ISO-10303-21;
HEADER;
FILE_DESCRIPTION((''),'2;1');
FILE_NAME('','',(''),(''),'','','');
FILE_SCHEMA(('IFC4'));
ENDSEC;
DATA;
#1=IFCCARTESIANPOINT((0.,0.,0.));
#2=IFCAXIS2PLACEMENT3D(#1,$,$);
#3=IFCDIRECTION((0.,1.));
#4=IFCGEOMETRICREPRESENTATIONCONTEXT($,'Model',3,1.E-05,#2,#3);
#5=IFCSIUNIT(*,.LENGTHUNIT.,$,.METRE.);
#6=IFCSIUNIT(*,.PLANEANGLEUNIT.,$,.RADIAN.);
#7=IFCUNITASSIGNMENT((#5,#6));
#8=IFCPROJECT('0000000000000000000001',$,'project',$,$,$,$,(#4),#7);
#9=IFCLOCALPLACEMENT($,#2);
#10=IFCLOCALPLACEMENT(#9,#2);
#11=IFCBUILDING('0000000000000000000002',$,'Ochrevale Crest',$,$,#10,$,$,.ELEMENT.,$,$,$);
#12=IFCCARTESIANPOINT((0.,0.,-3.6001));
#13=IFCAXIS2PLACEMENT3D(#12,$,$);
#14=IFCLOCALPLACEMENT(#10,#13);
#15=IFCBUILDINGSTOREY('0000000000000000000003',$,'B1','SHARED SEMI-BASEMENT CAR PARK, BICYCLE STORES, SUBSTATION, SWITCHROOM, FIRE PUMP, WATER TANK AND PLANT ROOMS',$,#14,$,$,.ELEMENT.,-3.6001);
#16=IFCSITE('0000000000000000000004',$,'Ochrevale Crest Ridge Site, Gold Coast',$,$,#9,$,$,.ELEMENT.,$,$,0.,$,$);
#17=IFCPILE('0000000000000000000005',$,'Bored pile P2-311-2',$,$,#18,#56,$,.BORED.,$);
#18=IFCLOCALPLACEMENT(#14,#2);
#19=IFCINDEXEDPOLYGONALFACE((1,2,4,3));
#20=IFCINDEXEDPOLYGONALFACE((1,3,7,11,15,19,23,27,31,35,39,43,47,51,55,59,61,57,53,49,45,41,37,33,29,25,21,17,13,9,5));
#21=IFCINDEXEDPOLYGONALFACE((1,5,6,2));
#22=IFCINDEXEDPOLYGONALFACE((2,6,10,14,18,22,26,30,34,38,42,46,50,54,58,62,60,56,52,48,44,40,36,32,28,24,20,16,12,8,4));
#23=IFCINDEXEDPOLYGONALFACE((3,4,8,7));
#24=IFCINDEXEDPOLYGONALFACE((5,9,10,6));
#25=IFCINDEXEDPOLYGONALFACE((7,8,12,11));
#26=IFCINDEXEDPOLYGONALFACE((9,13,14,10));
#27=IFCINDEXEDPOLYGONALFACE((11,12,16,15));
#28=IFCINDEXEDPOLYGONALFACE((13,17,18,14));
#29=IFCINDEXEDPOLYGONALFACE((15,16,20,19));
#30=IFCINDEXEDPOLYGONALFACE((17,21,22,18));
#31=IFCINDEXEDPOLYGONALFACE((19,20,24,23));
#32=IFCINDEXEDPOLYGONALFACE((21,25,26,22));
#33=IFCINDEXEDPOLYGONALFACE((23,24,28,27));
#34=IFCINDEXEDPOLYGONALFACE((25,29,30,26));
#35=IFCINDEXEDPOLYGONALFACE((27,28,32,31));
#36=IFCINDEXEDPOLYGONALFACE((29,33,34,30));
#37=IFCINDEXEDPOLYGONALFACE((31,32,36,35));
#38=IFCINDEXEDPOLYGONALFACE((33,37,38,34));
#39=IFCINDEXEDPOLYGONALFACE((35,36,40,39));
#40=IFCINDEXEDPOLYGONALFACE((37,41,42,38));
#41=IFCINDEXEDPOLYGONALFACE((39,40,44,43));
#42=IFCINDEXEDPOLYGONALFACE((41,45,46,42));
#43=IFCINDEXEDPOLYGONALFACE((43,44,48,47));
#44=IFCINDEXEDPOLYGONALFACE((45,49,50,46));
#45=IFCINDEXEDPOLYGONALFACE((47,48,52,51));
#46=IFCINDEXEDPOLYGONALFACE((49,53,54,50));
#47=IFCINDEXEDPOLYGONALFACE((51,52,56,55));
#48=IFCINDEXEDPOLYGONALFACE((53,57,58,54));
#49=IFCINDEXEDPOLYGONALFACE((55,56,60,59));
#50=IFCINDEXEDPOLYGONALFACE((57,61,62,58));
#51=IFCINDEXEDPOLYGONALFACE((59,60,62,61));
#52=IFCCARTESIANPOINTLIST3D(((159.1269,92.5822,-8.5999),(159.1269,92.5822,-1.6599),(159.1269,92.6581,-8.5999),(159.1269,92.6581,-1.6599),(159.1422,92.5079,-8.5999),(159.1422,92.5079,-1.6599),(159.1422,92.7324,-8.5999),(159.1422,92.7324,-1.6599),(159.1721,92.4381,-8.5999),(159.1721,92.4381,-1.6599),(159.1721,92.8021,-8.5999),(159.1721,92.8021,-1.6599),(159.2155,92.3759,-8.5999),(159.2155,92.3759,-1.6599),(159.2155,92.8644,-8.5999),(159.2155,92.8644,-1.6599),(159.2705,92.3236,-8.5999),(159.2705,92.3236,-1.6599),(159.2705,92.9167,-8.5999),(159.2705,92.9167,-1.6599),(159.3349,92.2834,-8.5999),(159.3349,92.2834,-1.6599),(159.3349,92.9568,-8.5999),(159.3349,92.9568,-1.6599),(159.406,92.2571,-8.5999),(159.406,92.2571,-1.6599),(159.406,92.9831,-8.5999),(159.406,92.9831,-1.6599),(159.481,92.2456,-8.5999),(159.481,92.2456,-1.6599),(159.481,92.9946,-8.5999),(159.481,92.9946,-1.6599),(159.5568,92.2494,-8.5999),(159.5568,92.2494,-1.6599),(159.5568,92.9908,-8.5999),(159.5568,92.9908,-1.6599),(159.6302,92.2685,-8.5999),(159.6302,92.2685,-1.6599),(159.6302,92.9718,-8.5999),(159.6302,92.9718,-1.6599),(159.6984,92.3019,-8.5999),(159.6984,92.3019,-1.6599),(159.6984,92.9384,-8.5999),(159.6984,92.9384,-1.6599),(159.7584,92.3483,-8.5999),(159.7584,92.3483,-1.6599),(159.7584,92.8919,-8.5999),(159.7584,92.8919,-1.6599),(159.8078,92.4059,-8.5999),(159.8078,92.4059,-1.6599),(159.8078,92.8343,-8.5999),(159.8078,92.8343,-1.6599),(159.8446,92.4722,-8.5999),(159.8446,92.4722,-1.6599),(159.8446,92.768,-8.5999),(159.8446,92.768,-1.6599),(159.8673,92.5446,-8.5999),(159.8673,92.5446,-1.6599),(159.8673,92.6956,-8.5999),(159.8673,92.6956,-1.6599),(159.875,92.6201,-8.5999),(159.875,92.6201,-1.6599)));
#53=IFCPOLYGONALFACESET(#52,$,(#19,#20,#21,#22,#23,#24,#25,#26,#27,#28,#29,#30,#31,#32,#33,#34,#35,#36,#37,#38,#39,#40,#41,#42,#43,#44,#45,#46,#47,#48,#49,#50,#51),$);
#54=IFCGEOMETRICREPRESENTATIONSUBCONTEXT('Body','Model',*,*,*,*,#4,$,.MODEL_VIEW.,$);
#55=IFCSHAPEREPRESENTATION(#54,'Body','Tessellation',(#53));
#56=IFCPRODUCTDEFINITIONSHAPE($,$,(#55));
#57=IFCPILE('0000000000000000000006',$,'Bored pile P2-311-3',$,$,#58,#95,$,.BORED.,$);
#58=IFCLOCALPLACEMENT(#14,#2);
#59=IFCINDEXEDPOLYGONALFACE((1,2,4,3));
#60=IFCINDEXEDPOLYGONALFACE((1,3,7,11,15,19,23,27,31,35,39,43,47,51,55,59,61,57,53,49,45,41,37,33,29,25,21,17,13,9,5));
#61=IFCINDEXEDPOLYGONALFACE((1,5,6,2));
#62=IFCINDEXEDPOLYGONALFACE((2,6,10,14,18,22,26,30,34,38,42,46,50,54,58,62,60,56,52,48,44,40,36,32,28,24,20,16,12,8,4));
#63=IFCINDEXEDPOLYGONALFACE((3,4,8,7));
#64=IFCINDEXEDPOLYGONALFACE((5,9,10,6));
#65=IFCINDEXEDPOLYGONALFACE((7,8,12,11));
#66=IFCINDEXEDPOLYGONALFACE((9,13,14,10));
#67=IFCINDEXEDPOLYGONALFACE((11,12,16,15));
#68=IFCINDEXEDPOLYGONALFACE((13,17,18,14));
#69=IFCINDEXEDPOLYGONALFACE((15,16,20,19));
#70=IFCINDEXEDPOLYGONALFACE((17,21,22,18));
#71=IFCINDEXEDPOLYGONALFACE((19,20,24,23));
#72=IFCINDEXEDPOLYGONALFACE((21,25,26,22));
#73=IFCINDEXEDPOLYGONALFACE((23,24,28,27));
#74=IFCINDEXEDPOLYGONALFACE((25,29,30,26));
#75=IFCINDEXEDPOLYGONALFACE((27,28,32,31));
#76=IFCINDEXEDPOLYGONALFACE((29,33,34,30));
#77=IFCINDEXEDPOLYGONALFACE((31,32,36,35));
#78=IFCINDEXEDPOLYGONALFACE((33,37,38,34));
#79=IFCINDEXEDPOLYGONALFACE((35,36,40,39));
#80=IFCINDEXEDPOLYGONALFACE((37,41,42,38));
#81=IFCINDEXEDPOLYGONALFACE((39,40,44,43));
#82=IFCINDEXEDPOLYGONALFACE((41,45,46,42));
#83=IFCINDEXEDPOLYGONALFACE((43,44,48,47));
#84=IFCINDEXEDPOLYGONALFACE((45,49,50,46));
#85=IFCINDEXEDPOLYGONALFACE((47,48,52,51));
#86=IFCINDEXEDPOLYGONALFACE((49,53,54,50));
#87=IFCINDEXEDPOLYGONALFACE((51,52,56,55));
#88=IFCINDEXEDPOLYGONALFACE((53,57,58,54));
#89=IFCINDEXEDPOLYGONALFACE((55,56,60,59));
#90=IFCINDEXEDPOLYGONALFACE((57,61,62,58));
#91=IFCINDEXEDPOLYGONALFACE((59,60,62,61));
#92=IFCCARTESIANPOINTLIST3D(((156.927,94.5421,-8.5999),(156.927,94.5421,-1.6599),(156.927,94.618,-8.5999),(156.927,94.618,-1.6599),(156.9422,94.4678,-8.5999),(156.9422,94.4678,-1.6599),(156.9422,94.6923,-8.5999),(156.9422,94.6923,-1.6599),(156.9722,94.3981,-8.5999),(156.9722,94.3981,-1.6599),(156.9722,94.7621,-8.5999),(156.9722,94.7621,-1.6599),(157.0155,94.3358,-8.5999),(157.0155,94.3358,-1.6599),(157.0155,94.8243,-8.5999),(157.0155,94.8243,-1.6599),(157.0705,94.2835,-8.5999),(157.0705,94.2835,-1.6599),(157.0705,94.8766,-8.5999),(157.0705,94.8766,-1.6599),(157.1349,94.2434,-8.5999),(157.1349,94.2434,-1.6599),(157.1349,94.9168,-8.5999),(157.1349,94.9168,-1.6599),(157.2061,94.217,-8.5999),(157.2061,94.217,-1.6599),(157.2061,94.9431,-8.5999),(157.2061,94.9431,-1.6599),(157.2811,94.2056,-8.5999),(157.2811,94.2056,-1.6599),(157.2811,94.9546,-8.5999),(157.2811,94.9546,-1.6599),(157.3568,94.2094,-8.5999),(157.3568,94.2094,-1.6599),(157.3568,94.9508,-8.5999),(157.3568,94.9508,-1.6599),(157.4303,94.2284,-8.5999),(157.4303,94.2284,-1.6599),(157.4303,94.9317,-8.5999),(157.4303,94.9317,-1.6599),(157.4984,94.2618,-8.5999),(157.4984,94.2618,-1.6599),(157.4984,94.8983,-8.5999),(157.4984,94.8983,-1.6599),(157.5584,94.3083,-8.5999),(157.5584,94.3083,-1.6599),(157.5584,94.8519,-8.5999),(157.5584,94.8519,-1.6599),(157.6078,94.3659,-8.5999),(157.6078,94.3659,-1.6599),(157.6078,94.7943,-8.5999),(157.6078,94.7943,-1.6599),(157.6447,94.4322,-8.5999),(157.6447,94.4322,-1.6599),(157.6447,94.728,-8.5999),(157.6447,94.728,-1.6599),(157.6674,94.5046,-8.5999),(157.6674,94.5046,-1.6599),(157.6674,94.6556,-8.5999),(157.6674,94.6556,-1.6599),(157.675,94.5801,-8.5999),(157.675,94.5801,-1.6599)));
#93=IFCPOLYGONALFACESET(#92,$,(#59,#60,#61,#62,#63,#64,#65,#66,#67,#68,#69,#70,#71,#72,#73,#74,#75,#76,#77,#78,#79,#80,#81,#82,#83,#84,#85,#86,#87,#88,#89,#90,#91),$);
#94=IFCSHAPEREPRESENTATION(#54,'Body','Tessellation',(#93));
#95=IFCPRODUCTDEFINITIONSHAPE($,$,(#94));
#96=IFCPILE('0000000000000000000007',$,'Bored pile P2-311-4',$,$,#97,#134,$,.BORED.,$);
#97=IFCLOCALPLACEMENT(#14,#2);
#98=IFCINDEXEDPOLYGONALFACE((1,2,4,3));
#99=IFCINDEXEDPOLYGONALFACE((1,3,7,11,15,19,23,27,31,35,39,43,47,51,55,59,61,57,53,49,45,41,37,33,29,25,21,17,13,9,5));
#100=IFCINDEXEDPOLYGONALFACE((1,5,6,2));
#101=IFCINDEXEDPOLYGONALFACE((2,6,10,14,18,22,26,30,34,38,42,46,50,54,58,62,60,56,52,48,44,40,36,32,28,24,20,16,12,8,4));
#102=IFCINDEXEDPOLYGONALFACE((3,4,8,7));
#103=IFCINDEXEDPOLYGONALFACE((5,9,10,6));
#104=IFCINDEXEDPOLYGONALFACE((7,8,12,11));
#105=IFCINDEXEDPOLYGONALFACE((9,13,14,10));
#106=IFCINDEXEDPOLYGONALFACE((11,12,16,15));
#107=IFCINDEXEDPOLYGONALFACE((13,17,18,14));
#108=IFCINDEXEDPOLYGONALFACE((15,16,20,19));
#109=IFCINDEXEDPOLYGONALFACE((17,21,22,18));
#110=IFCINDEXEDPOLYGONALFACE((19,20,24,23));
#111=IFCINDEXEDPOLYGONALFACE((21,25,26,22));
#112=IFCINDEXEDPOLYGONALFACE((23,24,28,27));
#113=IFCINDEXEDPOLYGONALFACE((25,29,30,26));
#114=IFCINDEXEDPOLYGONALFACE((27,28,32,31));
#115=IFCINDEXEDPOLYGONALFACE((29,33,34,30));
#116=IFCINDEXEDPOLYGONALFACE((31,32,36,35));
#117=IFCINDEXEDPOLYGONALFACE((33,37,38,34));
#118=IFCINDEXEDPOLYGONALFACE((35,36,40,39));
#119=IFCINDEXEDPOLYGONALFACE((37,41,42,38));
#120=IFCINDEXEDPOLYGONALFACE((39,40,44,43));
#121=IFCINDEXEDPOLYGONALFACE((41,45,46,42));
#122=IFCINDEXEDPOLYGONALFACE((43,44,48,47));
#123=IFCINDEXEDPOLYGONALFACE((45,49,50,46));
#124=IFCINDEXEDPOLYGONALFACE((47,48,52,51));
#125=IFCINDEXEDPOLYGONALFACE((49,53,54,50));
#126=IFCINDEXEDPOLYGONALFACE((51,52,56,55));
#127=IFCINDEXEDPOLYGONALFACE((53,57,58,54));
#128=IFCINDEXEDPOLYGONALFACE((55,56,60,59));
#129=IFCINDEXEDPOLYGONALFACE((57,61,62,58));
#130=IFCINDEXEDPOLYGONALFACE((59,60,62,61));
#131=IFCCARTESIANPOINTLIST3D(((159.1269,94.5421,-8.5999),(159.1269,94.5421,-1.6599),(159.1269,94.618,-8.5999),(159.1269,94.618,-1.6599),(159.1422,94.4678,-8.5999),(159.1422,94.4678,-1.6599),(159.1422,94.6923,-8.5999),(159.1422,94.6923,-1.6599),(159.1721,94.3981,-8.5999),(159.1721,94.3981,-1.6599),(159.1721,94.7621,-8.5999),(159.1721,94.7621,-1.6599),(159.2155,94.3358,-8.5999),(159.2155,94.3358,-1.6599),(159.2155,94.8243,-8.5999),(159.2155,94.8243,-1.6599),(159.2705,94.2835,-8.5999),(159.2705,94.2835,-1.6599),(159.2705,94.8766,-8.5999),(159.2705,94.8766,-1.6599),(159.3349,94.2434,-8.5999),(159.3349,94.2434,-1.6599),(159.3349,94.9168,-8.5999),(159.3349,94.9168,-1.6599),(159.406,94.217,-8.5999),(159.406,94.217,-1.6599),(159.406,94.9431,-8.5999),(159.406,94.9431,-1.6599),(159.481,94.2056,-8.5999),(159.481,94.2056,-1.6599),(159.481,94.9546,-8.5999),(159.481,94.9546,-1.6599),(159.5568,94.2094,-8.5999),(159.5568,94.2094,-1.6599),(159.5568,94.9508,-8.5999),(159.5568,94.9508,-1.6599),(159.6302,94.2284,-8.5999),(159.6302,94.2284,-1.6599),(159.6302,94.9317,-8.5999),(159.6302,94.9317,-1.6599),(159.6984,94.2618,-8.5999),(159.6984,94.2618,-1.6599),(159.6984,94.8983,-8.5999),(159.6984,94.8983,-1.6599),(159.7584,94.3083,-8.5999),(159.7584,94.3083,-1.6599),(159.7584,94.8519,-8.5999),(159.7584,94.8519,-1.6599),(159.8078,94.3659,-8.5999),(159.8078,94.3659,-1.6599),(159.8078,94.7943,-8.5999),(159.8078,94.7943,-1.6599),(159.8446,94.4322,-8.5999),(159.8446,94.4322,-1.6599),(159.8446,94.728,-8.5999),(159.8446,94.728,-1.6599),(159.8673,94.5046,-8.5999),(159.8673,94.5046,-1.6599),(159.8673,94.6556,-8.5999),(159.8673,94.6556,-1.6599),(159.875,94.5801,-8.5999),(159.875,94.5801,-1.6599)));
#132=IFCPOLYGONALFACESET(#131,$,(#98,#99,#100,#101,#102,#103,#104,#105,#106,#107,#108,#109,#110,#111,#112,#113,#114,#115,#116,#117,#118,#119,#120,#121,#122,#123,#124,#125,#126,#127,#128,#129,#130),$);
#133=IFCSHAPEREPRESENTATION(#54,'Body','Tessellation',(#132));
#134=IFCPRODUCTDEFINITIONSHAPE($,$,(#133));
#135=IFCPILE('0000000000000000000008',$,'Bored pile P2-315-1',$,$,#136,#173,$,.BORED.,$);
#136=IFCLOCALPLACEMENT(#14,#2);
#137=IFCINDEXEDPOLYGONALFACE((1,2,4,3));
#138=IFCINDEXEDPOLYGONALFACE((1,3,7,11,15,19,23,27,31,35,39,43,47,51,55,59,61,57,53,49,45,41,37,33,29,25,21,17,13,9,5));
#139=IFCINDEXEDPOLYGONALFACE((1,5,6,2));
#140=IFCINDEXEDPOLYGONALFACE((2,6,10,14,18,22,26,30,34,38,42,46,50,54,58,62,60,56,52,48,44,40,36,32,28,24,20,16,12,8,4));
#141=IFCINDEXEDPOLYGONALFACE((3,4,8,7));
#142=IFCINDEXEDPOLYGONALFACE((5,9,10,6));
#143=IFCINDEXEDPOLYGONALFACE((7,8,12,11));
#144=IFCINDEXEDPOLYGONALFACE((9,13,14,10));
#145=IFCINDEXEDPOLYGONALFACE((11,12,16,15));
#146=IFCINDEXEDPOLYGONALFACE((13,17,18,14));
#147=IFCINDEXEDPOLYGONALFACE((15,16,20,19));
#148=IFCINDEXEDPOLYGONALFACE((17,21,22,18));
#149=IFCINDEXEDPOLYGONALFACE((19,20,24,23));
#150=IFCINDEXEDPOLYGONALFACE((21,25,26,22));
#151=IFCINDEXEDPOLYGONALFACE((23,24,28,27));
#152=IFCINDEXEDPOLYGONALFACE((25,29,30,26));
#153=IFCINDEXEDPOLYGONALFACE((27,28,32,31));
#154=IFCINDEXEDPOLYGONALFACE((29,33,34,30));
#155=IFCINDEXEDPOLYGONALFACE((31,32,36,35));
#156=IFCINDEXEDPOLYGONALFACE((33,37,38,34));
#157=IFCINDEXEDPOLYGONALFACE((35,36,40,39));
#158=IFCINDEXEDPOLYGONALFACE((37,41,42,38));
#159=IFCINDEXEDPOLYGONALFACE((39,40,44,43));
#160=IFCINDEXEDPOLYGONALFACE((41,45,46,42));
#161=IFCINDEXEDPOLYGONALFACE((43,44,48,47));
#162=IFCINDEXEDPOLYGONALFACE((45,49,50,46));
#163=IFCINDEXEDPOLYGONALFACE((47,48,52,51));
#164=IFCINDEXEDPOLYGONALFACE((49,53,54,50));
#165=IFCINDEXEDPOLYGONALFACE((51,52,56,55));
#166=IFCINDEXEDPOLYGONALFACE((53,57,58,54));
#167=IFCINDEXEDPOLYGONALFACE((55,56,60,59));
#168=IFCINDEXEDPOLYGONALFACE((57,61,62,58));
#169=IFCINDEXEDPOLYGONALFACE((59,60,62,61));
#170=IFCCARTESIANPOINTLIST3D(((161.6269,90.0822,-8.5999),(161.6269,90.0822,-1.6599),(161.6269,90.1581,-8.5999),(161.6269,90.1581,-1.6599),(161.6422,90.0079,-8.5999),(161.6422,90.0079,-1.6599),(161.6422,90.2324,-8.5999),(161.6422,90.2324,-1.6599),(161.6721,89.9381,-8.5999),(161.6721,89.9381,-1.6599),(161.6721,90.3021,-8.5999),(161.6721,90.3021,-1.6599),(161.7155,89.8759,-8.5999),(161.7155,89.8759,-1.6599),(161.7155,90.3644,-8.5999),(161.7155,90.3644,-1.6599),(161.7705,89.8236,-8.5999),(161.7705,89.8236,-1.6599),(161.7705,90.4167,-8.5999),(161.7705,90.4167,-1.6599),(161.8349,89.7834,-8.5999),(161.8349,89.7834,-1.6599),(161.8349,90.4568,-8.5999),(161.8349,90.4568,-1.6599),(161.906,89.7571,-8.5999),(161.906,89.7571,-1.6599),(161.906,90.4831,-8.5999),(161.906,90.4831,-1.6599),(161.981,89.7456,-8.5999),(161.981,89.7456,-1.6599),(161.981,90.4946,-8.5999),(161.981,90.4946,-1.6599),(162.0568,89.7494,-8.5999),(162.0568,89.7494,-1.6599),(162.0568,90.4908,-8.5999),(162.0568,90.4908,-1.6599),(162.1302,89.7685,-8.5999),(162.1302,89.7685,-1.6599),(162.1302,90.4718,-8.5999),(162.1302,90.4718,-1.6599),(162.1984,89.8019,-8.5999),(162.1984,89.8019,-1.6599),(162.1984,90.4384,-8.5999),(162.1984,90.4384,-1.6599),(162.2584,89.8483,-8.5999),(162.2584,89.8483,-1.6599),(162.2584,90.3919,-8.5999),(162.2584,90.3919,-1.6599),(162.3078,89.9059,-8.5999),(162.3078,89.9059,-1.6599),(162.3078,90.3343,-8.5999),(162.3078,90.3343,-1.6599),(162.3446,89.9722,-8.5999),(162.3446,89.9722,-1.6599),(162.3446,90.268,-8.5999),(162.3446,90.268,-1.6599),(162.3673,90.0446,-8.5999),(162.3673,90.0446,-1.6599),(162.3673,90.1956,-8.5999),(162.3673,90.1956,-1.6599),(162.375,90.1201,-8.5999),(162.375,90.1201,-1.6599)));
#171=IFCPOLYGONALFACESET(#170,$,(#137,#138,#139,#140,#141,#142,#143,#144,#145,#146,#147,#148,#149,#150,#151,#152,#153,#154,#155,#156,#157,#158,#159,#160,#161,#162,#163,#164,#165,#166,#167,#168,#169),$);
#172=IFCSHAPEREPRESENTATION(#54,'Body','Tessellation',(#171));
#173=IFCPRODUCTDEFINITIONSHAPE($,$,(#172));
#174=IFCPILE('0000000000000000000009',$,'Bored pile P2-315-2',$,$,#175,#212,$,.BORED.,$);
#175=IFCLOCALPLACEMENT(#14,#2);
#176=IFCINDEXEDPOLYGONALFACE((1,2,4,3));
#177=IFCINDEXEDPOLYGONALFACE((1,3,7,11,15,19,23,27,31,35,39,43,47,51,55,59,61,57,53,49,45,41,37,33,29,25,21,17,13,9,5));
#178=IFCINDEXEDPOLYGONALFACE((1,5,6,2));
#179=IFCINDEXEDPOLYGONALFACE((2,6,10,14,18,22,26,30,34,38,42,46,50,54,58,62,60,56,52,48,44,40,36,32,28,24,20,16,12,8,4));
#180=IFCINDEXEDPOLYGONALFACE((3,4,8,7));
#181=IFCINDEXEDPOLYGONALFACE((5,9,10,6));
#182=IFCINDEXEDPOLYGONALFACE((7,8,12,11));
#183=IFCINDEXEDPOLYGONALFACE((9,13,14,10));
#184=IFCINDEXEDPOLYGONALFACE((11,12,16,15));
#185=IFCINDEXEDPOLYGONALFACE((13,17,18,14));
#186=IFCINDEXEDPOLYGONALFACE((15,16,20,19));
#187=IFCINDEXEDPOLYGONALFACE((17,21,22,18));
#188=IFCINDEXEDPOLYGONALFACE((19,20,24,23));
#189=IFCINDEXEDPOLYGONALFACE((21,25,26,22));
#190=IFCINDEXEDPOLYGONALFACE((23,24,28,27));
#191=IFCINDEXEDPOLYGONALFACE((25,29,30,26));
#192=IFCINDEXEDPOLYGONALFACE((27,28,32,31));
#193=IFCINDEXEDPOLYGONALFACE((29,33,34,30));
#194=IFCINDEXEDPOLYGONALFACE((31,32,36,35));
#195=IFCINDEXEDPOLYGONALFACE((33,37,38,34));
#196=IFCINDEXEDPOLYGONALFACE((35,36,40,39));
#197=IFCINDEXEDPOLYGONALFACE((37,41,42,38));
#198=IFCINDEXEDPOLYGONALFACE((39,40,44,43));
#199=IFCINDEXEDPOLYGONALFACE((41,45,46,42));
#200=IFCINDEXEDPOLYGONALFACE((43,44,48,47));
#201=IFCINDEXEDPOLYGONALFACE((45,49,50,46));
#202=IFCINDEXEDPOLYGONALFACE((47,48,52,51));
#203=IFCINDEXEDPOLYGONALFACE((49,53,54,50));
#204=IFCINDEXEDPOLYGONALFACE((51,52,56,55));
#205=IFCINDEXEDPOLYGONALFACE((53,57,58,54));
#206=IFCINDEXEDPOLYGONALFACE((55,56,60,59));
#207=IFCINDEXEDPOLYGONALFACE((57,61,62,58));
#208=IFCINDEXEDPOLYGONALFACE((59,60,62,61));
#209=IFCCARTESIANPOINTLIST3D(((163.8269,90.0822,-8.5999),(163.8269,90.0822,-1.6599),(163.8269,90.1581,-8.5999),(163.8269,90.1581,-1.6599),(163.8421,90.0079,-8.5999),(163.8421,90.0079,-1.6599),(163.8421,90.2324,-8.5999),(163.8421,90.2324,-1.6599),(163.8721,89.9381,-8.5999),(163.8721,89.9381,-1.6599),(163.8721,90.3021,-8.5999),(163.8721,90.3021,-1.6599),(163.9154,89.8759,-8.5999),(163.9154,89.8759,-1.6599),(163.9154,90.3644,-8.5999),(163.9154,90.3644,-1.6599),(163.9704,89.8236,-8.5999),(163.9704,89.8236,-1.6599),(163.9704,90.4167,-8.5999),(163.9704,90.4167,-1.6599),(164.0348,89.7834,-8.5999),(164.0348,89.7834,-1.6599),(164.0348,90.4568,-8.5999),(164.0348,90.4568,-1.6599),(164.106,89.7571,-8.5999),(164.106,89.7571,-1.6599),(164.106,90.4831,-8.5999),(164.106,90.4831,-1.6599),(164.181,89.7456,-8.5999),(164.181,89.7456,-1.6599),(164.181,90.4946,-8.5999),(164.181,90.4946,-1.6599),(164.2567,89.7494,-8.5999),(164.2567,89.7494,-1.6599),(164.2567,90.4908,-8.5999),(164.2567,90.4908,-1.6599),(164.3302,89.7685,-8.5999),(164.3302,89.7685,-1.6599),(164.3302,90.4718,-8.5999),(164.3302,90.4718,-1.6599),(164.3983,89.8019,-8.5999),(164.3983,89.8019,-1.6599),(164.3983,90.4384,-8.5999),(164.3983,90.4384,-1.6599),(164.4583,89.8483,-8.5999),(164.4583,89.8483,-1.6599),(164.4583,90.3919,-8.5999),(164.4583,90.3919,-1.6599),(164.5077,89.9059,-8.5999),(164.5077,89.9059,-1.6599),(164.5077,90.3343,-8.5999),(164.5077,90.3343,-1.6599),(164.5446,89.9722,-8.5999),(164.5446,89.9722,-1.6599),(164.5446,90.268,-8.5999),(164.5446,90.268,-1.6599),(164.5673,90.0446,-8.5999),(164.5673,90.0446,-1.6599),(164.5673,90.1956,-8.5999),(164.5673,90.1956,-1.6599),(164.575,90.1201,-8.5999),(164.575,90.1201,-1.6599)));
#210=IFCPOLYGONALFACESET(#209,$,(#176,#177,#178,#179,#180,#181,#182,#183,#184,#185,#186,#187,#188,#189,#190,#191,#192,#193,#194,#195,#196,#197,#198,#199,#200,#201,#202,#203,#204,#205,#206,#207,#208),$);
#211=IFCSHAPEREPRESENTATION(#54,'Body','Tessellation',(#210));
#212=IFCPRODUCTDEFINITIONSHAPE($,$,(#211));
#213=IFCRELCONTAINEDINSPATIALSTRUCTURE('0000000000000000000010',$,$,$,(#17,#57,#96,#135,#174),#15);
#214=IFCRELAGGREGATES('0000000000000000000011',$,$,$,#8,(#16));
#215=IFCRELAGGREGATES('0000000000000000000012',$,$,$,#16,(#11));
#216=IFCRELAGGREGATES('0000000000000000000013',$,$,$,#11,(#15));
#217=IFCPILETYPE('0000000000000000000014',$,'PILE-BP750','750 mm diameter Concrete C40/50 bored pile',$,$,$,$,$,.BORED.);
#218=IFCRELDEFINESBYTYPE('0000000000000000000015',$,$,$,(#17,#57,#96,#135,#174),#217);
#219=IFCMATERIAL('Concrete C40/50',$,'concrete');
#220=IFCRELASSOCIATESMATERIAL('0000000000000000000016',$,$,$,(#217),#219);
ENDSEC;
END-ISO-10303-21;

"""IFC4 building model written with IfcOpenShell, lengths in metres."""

from ifc_helpers import new_model, si_unit, direction, frame, origin, origin_2d, place, context, subcontext, project, spatial, circle, extrude, material, material_profile, profile_set, type_object, element, save


model = new_model("IFC4")

# Units and contexts
model_context = context("Model", 3, precision=1e-05, world=origin(), true_north=direction((0.0, 1.0)))
body_context = subcontext(model_context, "Body", "Model", "MODEL_VIEW")
ifc_project = project(units=[si_unit("LENGTHUNIT", "METRE"), si_unit("PLANEANGLEUNIT", "RADIAN")], contexts=[model_context])

# Site, building, storey
site_placement = place(None, origin())
site = spatial("IfcSite", under=ifc_project, at=site_placement, Name="Ochrevale Crest Ridge Site, Gold Coast", CompositionType="ELEMENT", RefElevation=0.0)
building_placement = place(site_placement, origin())
building = spatial("IfcBuilding", under=site, at=building_placement, Name="Ochrevale Crest", CompositionType="ELEMENT")
storey_placement = place(building_placement, frame((0.0, 0.0, -3.6001)))
storey = spatial("IfcBuildingStorey", under=building, at=storey_placement, Name="B1", Description="SHARED SEMI-BASEMENT CAR PARK, BICYCLE STORES, SUBSTATION, SWITCHROOM, FIRE PUMP, WATER TANK AND PLANT ROOMS", CompositionType="ELEMENT", Elevation=-3.6001)

# Shared definitions
ifc_material_1 = material(Name="Concrete C40/50", Category="concrete")

# Piles
ifc_material_profile_1 = material_profile(ifc_material_1, circle(Radius=0.375, at=origin_2d()), Name="BORED PILE 750")
ifc_profile_set_1 = profile_set([ifc_material_profile_1], Name="Concrete C40/50")
pile_type_1 = type_object("IfcPileType", Name="PILE-BP750", Description="750 mm diameter Concrete C40/50 bored pile", PredefinedType="BORED", material=ifc_profile_set_1)
for number, where, z_axis, x_axis, name in (
    (1, (159.5, 92.6201, -1.6599), (0.0, 0.0, -1.0), (1.0, 0.0, 0.0), "Bored pile P2-311-2"),
    (2, (157.3, 94.5801, -1.6599), (0.0, 0.0, -1.0), (1.0, 0.0, 0.0), "Bored pile P2-311-3"),
    (3, (159.5, 94.5801, -1.6599), (0.0, 0.0, -1.0), (1.0, 0.0, 0.0), "Bored pile P2-311-4"),
    (4, (162.0, 90.1201, -1.6599), (0.0, 0.0, -1.0), (1.0, 0.0, 0.0), "Bored pile P2-315-1"),
    (5, (164.2, 90.1201, -1.6599), (0.0, 0.0, -1.0), (1.0, 0.0, 0.0), "Bored pile P2-315-2"),
):
    element("IfcPile", number, at=place(storey_placement, frame(where, z_axis=z_axis, x_axis=x_axis)), inside=storey, type_object=pile_type_1, Name=name, PredefinedType="BORED", context=body_context, shape_type="SweptSolid", body=[
        extrude(circle(Radius=0.375, at=origin_2d()), origin(), (0.0, 0.0, 1.0), 6.9399),
    ])

save(model, "model.ifc")
